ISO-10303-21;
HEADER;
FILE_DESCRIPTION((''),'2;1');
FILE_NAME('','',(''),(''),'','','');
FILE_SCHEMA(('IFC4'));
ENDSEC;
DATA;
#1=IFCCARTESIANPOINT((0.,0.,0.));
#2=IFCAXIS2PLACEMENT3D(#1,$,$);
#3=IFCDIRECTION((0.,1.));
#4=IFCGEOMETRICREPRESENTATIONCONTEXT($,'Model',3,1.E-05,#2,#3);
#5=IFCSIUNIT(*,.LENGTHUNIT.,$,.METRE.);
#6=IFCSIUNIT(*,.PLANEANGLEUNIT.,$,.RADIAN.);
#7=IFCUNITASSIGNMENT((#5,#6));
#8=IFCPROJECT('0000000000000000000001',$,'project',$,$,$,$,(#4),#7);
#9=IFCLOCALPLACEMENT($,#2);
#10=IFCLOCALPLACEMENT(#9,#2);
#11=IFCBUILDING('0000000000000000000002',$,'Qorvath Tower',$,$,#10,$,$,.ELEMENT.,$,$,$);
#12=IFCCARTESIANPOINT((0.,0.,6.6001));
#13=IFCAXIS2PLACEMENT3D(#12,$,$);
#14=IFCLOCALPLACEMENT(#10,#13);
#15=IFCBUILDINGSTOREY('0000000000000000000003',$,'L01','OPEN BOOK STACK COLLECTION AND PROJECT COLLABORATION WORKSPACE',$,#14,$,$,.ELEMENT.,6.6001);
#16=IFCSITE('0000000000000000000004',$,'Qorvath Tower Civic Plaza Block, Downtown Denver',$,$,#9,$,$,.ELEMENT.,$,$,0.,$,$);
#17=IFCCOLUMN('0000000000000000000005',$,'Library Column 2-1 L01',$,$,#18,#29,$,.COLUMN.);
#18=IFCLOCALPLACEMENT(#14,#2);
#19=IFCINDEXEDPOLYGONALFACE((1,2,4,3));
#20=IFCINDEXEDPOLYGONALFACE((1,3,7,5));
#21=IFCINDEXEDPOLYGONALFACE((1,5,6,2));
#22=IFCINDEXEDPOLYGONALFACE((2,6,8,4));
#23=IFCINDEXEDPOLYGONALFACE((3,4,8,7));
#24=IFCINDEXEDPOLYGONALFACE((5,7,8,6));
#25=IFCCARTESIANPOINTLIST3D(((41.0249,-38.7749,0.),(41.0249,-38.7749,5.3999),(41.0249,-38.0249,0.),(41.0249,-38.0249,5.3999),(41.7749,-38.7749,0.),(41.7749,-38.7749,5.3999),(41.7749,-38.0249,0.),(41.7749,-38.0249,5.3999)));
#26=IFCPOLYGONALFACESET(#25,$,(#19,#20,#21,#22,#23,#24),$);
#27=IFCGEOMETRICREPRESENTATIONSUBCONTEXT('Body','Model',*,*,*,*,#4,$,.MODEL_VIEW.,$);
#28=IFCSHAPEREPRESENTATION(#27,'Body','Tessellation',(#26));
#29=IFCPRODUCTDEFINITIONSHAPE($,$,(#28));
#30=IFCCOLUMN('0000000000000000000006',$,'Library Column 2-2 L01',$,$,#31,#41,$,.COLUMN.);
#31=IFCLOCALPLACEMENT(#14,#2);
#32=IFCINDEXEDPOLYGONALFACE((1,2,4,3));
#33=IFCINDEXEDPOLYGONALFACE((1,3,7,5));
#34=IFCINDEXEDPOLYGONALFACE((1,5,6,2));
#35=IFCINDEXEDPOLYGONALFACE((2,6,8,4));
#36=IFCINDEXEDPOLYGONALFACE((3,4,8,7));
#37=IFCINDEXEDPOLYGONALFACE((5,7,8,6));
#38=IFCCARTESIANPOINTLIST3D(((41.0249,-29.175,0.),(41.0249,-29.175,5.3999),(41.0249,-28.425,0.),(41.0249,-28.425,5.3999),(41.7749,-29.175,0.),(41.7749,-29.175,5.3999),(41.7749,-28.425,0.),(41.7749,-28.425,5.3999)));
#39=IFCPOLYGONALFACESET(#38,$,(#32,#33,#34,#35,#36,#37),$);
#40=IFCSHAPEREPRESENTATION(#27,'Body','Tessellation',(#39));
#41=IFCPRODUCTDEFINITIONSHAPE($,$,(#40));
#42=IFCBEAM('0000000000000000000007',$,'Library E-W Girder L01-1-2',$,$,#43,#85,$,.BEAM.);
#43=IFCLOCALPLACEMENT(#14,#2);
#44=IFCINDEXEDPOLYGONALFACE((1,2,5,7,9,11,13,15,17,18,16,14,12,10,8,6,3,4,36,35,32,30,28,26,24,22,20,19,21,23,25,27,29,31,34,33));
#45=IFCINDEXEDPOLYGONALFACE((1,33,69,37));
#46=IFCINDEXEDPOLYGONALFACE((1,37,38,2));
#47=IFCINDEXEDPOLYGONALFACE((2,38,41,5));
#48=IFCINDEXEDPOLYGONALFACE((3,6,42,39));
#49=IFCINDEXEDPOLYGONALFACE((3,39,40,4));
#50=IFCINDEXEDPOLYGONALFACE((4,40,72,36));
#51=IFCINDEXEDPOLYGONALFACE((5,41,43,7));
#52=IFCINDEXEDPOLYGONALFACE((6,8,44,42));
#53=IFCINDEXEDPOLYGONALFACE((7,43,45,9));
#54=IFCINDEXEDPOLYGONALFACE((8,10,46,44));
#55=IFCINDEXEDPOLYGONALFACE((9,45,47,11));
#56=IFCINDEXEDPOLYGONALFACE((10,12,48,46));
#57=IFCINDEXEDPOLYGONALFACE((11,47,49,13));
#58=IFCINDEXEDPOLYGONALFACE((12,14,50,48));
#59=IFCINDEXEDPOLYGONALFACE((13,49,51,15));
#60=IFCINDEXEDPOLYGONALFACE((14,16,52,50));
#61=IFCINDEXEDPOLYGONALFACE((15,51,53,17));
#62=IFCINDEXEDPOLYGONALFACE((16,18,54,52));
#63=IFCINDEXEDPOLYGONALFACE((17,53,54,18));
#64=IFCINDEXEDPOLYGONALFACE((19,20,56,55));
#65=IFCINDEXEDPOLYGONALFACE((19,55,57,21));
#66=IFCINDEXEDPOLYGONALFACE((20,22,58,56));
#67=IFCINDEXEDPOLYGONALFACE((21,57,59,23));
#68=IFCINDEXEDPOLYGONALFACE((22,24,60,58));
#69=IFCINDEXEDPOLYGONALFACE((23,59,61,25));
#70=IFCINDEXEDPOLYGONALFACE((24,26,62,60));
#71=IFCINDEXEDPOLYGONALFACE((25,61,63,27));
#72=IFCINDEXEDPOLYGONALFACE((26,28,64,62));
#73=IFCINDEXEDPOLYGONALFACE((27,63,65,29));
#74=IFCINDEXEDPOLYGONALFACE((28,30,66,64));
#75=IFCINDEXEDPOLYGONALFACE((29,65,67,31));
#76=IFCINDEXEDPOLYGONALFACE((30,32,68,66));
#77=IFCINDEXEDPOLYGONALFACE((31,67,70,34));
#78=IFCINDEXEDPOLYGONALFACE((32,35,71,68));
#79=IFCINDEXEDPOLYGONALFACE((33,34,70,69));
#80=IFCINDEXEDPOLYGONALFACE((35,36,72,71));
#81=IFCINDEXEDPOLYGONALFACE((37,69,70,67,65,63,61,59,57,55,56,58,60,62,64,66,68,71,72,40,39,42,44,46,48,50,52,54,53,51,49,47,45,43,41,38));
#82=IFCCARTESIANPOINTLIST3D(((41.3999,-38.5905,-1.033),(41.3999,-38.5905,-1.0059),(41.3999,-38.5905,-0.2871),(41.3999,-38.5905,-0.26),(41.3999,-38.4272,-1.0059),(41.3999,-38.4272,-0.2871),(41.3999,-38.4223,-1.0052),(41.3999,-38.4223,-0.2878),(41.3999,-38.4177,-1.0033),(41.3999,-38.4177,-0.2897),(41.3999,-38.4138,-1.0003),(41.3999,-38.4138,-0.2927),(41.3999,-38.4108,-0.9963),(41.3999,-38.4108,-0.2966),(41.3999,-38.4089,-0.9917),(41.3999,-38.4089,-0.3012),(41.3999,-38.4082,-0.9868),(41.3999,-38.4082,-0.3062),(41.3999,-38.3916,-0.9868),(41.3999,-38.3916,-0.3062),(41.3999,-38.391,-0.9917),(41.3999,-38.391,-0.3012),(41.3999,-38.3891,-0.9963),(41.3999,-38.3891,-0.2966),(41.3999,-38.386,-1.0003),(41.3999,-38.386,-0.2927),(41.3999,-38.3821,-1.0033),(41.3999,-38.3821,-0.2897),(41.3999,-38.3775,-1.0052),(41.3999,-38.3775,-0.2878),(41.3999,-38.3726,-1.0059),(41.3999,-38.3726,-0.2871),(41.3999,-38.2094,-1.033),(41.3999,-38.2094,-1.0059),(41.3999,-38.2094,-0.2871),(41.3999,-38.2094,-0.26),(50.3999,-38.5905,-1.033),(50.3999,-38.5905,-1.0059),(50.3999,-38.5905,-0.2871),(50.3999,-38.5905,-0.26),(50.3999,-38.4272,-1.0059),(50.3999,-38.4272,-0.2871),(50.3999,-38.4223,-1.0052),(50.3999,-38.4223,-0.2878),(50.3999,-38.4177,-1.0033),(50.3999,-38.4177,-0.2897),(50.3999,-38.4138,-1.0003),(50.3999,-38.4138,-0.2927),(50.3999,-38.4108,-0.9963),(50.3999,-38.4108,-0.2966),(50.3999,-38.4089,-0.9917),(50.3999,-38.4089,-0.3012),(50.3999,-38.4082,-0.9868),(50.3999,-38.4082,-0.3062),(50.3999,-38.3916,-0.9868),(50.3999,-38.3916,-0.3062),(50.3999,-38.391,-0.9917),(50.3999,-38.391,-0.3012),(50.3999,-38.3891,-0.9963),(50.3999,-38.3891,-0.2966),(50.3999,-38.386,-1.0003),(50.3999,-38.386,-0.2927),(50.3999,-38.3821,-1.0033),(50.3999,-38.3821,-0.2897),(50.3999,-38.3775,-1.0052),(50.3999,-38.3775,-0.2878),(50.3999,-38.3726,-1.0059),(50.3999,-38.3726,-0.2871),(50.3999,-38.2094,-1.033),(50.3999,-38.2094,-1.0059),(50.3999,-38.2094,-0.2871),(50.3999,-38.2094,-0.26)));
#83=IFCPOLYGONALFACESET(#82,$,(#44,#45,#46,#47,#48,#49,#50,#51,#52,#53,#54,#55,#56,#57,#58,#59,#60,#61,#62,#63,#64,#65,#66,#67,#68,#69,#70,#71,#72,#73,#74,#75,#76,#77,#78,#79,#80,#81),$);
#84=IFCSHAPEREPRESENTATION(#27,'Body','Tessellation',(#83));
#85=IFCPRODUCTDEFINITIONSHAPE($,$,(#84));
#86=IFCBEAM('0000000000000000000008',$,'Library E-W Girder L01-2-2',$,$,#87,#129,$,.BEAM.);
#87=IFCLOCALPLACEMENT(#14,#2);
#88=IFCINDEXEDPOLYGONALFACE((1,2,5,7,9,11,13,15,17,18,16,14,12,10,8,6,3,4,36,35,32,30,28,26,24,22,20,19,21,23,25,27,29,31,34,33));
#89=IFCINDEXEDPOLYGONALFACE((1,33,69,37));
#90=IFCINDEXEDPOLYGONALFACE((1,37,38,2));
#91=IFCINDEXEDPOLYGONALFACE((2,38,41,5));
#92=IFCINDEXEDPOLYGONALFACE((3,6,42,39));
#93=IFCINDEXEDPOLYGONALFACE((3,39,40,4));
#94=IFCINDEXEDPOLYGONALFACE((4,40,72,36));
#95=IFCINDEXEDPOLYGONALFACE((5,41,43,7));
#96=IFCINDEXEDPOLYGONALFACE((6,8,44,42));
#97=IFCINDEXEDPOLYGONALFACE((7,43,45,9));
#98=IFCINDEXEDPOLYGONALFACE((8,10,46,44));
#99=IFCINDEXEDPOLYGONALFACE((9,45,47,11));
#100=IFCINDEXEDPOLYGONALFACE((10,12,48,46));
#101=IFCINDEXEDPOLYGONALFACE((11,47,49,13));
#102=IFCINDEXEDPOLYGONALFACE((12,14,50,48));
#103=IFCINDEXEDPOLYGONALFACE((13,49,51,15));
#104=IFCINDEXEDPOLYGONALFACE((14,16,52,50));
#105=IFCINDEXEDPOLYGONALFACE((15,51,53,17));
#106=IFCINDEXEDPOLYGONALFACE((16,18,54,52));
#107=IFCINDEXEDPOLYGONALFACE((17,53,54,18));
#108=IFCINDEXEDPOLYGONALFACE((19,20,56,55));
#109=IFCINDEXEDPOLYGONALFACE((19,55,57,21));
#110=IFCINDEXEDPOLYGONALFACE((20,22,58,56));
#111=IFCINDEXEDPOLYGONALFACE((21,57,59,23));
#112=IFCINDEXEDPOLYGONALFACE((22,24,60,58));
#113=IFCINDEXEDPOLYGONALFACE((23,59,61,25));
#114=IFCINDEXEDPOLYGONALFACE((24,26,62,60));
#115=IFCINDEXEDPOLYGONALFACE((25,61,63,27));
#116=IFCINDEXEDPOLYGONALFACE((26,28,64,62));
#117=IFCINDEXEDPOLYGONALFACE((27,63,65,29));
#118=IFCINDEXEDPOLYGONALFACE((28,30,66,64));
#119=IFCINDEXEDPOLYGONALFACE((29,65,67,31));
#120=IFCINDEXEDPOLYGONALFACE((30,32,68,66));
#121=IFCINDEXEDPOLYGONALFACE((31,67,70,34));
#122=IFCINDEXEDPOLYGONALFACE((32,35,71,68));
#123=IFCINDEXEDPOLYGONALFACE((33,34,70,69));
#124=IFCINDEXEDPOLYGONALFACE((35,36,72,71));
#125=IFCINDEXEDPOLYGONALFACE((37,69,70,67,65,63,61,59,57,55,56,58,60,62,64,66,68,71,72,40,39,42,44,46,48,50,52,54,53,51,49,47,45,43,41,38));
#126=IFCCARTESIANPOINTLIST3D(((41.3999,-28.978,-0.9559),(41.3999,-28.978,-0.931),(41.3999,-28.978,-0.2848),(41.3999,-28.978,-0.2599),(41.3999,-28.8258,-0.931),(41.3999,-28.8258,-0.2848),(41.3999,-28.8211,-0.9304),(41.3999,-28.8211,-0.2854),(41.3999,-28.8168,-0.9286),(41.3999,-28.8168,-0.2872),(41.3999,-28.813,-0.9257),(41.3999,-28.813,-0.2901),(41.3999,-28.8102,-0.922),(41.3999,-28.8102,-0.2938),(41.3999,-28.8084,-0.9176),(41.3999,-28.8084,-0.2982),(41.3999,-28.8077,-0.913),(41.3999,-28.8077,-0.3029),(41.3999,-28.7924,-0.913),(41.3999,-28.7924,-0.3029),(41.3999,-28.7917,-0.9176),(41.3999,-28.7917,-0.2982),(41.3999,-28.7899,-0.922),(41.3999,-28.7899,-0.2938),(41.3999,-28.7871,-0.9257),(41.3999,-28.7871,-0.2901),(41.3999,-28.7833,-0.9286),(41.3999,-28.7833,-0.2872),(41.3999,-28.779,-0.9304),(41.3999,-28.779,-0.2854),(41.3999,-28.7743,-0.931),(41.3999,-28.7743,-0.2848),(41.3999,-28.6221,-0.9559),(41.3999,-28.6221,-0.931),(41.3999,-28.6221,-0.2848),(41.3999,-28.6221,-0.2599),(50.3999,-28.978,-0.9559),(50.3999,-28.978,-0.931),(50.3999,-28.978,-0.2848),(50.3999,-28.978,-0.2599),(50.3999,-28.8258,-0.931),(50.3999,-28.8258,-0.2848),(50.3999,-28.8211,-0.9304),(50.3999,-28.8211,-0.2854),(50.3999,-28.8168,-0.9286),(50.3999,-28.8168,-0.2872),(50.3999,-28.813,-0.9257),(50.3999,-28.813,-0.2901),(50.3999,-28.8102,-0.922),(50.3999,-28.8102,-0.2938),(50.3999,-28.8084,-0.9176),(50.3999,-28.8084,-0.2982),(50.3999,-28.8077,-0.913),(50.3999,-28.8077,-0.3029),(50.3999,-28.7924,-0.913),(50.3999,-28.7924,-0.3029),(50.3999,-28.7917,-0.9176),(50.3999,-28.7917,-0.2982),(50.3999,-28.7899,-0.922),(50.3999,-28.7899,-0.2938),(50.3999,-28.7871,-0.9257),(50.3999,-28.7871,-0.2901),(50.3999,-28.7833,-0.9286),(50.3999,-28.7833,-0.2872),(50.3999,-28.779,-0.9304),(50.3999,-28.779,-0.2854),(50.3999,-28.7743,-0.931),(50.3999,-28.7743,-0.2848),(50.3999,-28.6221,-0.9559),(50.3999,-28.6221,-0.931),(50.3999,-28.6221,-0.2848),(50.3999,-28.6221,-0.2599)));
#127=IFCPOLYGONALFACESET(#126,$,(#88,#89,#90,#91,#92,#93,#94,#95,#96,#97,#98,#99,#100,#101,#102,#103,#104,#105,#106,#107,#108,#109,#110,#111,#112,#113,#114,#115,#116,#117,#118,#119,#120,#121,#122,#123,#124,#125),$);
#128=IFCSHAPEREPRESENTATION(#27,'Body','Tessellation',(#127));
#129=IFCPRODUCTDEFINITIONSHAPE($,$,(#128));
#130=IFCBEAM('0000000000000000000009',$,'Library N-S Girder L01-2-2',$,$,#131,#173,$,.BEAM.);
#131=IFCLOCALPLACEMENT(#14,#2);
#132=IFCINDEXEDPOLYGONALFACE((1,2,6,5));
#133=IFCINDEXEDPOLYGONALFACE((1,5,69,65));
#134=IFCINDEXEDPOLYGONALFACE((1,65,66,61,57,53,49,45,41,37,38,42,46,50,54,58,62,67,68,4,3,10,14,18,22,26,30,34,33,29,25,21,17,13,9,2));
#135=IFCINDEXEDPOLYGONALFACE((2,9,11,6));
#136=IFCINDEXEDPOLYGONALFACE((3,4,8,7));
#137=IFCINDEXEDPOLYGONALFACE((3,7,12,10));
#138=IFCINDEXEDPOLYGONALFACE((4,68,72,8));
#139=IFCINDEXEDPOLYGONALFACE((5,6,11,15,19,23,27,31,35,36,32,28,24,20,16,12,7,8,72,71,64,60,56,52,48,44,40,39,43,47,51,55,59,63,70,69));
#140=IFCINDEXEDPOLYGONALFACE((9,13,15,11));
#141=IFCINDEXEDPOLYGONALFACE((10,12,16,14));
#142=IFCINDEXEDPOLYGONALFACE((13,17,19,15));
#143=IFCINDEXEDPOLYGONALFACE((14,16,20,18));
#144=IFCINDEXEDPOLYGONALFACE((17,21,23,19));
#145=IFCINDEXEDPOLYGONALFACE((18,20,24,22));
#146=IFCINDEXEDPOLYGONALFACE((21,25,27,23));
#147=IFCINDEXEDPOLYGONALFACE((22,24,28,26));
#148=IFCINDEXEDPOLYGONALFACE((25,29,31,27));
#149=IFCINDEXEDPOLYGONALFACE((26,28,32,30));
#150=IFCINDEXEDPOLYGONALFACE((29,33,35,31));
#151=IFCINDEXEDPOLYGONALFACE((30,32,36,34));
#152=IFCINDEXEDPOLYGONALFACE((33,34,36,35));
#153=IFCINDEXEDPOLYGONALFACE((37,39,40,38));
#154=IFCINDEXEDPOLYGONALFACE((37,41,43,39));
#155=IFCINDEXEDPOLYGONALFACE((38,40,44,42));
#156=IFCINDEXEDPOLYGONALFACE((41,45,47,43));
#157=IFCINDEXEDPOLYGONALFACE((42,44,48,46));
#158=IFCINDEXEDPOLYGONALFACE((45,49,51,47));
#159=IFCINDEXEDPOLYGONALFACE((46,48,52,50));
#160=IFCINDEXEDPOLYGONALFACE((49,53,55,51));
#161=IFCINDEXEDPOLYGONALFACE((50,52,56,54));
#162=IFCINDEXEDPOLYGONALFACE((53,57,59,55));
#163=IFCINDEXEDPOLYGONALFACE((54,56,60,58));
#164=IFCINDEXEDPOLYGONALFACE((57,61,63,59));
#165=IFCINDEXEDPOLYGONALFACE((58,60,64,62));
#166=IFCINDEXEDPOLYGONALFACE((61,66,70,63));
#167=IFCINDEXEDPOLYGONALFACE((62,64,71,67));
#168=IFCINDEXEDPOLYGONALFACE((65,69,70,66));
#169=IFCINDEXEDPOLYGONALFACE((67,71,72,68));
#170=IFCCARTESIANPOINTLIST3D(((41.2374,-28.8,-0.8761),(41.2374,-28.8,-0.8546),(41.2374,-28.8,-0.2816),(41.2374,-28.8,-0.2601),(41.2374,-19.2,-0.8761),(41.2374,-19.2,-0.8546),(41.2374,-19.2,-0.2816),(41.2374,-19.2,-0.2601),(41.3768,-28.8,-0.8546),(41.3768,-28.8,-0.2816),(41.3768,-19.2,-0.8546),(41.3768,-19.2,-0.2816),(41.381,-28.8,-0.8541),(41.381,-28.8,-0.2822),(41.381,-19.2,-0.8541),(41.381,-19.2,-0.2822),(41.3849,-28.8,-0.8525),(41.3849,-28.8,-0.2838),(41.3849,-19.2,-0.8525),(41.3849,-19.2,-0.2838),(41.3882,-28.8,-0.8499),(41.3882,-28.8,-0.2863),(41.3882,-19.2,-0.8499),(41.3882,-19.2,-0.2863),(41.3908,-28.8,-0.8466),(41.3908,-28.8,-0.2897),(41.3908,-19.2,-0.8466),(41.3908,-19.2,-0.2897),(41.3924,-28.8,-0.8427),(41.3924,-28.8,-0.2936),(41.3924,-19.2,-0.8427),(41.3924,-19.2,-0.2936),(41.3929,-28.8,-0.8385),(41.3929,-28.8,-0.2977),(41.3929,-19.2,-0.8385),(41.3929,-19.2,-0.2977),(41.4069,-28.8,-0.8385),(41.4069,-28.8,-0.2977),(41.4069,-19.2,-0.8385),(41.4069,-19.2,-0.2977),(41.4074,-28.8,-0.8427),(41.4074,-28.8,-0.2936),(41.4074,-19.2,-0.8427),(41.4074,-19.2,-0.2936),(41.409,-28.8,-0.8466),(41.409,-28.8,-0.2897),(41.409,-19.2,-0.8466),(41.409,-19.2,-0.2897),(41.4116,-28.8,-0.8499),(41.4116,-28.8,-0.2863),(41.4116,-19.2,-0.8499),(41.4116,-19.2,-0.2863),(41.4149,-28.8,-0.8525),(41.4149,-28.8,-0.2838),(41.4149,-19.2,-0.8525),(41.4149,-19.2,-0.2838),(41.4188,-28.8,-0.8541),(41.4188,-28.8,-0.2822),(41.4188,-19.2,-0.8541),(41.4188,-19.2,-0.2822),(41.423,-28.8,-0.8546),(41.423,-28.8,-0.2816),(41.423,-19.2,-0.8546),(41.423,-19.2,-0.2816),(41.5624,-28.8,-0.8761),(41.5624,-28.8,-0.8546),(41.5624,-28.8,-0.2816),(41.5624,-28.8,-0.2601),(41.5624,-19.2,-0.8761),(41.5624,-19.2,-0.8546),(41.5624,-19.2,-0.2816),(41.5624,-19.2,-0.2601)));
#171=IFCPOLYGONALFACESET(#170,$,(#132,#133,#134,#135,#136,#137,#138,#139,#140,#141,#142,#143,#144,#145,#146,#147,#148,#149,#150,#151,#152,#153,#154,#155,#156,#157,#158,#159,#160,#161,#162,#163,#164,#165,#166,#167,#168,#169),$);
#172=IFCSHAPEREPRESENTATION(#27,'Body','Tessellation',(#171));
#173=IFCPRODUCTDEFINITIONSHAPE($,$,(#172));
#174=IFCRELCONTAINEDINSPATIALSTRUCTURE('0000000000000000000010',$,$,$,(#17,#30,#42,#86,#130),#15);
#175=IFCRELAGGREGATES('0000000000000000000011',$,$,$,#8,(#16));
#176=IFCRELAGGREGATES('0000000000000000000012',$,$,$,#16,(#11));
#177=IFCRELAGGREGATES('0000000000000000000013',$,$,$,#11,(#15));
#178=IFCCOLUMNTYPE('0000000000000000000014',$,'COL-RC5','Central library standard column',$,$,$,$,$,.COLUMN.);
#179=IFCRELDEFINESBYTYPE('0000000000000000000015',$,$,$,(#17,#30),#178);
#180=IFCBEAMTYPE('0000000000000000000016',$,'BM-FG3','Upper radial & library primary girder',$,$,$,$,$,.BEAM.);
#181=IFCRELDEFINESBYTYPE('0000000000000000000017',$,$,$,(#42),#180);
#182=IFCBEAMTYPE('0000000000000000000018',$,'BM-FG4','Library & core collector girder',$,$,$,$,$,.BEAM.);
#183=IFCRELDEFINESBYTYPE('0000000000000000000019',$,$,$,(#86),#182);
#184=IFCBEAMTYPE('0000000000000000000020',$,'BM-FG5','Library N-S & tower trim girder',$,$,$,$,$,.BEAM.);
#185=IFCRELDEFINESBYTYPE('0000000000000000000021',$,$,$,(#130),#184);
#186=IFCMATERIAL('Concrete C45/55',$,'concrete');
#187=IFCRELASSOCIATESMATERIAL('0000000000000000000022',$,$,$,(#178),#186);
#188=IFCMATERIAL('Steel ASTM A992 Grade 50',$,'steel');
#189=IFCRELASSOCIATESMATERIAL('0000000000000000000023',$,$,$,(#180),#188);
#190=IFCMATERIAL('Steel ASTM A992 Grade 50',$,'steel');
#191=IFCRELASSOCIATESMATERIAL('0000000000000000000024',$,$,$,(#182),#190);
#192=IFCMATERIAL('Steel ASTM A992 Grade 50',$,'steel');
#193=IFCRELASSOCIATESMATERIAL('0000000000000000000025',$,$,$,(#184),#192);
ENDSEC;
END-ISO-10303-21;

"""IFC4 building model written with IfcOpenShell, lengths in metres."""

from ifc_helpers import new_model, si_unit, direction, frame, origin, origin_2d, place, context, subcontext, project, spatial, rectangle, i_section, extrude, material, material_profile, profile_set, type_object, element, save


model = new_model("IFC4")

# Units and contexts
model_context = context("Model", 3, precision=1e-05, world=origin(), true_north=direction((0.0, 1.0)))
body_context = subcontext(model_context, "Body", "Model", "MODEL_VIEW")
ifc_project = project(units=[si_unit("LENGTHUNIT", "METRE"), si_unit("PLANEANGLEUNIT", "RADIAN")], contexts=[model_context])

# Site, building, storey
site_placement = place(None, origin())
site = spatial("IfcSite", under=ifc_project, at=site_placement, Name="Qorvath Tower Civic Plaza Block, Downtown Denver", CompositionType="ELEMENT", RefElevation=0.0)
building_placement = place(site_placement, origin())
building = spatial("IfcBuilding", under=site, at=building_placement, Name="Qorvath Tower", CompositionType="ELEMENT")
storey_placement = place(building_placement, frame((0.0, 0.0, 6.6001)))
storey = spatial("IfcBuildingStorey", under=building, at=storey_placement, Name="L01", Description="OPEN BOOK STACK COLLECTION AND PROJECT COLLABORATION WORKSPACE", CompositionType="ELEMENT", Elevation=6.6001)

# Columns
ifc_material_1 = material(Name="Concrete C45/55", Category="concrete")
ifc_material_profile_1 = material_profile(ifc_material_1, rectangle(XDim=0.75, YDim=0.75, at=origin_2d()), Name="RC 750x750")
ifc_profile_set_1 = profile_set([ifc_material_profile_1], Name="Concrete C45/55")
column_type = type_object("IfcColumnType", Name="COL-RC5", Description="Central library standard column", PredefinedType="COLUMN", material=ifc_profile_set_1)
for number, where, z_axis, x_axis, name in (
    (1, (41.3999, -38.3999, 0.0), (0.0, 0.0, 1.0), (1.0, 0.0, 0.0), "Library Column 2-1 L01"),
    (2, (41.3999, -28.8, 0.0), (0.0, 0.0, 1.0), (1.0, 0.0, 0.0), "Library Column 2-2 L01"),
):
    element("IfcColumn", number, at=place(storey_placement, frame(where, z_axis=z_axis, x_axis=x_axis)), inside=storey, type_object=column_type, Name=name, PredefinedType="COLUMN", context=body_context, shape_type="SweptSolid", body=[
        extrude(rectangle(XDim=0.75, YDim=0.75, at=origin_2d()), origin(), (0.0, 0.0, 1.0), 5.3999),
    ])

# Beams
ifc_material_2 = material(Name="Steel ASTM A992 Grade 50", Category="steel")
ifc_material_profile_2 = material_profile(ifc_material_2, i_section(OverallWidth=0.3811, OverallDepth=0.7729, WebThickness=0.0166, FlangeThickness=0.0271, FilletRadius=0.019, at=origin_2d()), Name="W30x173")
ifc_profile_set_2 = profile_set([ifc_material_profile_2], Name="Steel ASTM A992 Grade 50")
beam_type_1 = type_object("IfcBeamType", Name="BM-FG3", Description="Upper radial & library primary girder", PredefinedType="BEAM", material=ifc_profile_set_2)
beam_1_placement = place(storey_placement, frame((41.3999, -38.3999, -0.6465), z_axis=(1.0, 0.0, 0.0), x_axis=(0.0, 1.0, 0.0)))
element("IfcBeam", 3, at=beam_1_placement, inside=storey, type_object=beam_type_1, Name="Library E-W Girder L01-1-2", PredefinedType="BEAM", context=body_context, shape_type="SweptSolid", body=[
    extrude(i_section(OverallWidth=0.3811, OverallDepth=0.7729, WebThickness=0.0166, FlangeThickness=0.0271, FilletRadius=0.019, at=origin_2d()), origin(), (0.0, 0.0, 1.0), 9.0),
])
ifc_material_3 = material(Name="Steel ASTM A992 Grade 50", Category="steel")
ifc_material_profile_3 = material_profile(ifc_material_3, i_section(OverallWidth=0.356, OverallDepth=0.696, WebThickness=0.0154, FlangeThickness=0.0249, FilletRadius=0.0181, at=origin_2d()), Name="W27x146")
ifc_profile_set_3 = profile_set([ifc_material_profile_3], Name="Steel ASTM A992 Grade 50")
beam_type_2 = type_object("IfcBeamType", Name="BM-FG4", Description="Library & core collector girder", PredefinedType="BEAM", material=ifc_profile_set_3)
beam_2_placement = place(storey_placement, frame((41.3999, -28.8, -0.6079), z_axis=(1.0, 0.0, 0.0), x_axis=(0.0, 1.0, 0.0)))
element("IfcBeam", 4, at=beam_2_placement, inside=storey, type_object=beam_type_2, Name="Library E-W Girder L01-2-2", PredefinedType="BEAM", context=body_context, shape_type="SweptSolid", body=[
    extrude(i_section(OverallWidth=0.356, OverallDepth=0.696, WebThickness=0.0154, FlangeThickness=0.0249, FilletRadius=0.0181, at=origin_2d()), origin(), (0.0, 0.0, 1.0), 9.0),
])
ifc_material_4 = material(Name="Steel ASTM A992 Grade 50", Category="steel")
ifc_material_profile_4 = material_profile(ifc_material_4, i_section(OverallWidth=0.325, OverallDepth=0.616, WebThickness=0.0139, FlangeThickness=0.0215, FilletRadius=0.0161, at=origin_2d()), Name="W24x117")
ifc_profile_set_4 = profile_set([ifc_material_profile_4], Name="Steel ASTM A992 Grade 50")
beam_type_3 = type_object("IfcBeamType", Name="BM-FG5", Description="Library N-S & tower trim girder", PredefinedType="BEAM", material=ifc_profile_set_4)
beam_3_placement = place(storey_placement, frame((41.3999, -28.8, -0.5681), z_axis=(0.0, 1.0, 0.0), x_axis=(-1.0, 0.0, 0.0)))
element("IfcBeam", 5, at=beam_3_placement, inside=storey, type_object=beam_type_3, Name="Library N-S Girder L01-2-2", PredefinedType="BEAM", context=body_context, shape_type="SweptSolid", body=[
    extrude(i_section(OverallWidth=0.325, OverallDepth=0.616, WebThickness=0.0139, FlangeThickness=0.0215, FilletRadius=0.0161, at=origin_2d()), origin(), (0.0, 0.0, 1.0), 9.6001),
])

save(model, "model.ifc")
